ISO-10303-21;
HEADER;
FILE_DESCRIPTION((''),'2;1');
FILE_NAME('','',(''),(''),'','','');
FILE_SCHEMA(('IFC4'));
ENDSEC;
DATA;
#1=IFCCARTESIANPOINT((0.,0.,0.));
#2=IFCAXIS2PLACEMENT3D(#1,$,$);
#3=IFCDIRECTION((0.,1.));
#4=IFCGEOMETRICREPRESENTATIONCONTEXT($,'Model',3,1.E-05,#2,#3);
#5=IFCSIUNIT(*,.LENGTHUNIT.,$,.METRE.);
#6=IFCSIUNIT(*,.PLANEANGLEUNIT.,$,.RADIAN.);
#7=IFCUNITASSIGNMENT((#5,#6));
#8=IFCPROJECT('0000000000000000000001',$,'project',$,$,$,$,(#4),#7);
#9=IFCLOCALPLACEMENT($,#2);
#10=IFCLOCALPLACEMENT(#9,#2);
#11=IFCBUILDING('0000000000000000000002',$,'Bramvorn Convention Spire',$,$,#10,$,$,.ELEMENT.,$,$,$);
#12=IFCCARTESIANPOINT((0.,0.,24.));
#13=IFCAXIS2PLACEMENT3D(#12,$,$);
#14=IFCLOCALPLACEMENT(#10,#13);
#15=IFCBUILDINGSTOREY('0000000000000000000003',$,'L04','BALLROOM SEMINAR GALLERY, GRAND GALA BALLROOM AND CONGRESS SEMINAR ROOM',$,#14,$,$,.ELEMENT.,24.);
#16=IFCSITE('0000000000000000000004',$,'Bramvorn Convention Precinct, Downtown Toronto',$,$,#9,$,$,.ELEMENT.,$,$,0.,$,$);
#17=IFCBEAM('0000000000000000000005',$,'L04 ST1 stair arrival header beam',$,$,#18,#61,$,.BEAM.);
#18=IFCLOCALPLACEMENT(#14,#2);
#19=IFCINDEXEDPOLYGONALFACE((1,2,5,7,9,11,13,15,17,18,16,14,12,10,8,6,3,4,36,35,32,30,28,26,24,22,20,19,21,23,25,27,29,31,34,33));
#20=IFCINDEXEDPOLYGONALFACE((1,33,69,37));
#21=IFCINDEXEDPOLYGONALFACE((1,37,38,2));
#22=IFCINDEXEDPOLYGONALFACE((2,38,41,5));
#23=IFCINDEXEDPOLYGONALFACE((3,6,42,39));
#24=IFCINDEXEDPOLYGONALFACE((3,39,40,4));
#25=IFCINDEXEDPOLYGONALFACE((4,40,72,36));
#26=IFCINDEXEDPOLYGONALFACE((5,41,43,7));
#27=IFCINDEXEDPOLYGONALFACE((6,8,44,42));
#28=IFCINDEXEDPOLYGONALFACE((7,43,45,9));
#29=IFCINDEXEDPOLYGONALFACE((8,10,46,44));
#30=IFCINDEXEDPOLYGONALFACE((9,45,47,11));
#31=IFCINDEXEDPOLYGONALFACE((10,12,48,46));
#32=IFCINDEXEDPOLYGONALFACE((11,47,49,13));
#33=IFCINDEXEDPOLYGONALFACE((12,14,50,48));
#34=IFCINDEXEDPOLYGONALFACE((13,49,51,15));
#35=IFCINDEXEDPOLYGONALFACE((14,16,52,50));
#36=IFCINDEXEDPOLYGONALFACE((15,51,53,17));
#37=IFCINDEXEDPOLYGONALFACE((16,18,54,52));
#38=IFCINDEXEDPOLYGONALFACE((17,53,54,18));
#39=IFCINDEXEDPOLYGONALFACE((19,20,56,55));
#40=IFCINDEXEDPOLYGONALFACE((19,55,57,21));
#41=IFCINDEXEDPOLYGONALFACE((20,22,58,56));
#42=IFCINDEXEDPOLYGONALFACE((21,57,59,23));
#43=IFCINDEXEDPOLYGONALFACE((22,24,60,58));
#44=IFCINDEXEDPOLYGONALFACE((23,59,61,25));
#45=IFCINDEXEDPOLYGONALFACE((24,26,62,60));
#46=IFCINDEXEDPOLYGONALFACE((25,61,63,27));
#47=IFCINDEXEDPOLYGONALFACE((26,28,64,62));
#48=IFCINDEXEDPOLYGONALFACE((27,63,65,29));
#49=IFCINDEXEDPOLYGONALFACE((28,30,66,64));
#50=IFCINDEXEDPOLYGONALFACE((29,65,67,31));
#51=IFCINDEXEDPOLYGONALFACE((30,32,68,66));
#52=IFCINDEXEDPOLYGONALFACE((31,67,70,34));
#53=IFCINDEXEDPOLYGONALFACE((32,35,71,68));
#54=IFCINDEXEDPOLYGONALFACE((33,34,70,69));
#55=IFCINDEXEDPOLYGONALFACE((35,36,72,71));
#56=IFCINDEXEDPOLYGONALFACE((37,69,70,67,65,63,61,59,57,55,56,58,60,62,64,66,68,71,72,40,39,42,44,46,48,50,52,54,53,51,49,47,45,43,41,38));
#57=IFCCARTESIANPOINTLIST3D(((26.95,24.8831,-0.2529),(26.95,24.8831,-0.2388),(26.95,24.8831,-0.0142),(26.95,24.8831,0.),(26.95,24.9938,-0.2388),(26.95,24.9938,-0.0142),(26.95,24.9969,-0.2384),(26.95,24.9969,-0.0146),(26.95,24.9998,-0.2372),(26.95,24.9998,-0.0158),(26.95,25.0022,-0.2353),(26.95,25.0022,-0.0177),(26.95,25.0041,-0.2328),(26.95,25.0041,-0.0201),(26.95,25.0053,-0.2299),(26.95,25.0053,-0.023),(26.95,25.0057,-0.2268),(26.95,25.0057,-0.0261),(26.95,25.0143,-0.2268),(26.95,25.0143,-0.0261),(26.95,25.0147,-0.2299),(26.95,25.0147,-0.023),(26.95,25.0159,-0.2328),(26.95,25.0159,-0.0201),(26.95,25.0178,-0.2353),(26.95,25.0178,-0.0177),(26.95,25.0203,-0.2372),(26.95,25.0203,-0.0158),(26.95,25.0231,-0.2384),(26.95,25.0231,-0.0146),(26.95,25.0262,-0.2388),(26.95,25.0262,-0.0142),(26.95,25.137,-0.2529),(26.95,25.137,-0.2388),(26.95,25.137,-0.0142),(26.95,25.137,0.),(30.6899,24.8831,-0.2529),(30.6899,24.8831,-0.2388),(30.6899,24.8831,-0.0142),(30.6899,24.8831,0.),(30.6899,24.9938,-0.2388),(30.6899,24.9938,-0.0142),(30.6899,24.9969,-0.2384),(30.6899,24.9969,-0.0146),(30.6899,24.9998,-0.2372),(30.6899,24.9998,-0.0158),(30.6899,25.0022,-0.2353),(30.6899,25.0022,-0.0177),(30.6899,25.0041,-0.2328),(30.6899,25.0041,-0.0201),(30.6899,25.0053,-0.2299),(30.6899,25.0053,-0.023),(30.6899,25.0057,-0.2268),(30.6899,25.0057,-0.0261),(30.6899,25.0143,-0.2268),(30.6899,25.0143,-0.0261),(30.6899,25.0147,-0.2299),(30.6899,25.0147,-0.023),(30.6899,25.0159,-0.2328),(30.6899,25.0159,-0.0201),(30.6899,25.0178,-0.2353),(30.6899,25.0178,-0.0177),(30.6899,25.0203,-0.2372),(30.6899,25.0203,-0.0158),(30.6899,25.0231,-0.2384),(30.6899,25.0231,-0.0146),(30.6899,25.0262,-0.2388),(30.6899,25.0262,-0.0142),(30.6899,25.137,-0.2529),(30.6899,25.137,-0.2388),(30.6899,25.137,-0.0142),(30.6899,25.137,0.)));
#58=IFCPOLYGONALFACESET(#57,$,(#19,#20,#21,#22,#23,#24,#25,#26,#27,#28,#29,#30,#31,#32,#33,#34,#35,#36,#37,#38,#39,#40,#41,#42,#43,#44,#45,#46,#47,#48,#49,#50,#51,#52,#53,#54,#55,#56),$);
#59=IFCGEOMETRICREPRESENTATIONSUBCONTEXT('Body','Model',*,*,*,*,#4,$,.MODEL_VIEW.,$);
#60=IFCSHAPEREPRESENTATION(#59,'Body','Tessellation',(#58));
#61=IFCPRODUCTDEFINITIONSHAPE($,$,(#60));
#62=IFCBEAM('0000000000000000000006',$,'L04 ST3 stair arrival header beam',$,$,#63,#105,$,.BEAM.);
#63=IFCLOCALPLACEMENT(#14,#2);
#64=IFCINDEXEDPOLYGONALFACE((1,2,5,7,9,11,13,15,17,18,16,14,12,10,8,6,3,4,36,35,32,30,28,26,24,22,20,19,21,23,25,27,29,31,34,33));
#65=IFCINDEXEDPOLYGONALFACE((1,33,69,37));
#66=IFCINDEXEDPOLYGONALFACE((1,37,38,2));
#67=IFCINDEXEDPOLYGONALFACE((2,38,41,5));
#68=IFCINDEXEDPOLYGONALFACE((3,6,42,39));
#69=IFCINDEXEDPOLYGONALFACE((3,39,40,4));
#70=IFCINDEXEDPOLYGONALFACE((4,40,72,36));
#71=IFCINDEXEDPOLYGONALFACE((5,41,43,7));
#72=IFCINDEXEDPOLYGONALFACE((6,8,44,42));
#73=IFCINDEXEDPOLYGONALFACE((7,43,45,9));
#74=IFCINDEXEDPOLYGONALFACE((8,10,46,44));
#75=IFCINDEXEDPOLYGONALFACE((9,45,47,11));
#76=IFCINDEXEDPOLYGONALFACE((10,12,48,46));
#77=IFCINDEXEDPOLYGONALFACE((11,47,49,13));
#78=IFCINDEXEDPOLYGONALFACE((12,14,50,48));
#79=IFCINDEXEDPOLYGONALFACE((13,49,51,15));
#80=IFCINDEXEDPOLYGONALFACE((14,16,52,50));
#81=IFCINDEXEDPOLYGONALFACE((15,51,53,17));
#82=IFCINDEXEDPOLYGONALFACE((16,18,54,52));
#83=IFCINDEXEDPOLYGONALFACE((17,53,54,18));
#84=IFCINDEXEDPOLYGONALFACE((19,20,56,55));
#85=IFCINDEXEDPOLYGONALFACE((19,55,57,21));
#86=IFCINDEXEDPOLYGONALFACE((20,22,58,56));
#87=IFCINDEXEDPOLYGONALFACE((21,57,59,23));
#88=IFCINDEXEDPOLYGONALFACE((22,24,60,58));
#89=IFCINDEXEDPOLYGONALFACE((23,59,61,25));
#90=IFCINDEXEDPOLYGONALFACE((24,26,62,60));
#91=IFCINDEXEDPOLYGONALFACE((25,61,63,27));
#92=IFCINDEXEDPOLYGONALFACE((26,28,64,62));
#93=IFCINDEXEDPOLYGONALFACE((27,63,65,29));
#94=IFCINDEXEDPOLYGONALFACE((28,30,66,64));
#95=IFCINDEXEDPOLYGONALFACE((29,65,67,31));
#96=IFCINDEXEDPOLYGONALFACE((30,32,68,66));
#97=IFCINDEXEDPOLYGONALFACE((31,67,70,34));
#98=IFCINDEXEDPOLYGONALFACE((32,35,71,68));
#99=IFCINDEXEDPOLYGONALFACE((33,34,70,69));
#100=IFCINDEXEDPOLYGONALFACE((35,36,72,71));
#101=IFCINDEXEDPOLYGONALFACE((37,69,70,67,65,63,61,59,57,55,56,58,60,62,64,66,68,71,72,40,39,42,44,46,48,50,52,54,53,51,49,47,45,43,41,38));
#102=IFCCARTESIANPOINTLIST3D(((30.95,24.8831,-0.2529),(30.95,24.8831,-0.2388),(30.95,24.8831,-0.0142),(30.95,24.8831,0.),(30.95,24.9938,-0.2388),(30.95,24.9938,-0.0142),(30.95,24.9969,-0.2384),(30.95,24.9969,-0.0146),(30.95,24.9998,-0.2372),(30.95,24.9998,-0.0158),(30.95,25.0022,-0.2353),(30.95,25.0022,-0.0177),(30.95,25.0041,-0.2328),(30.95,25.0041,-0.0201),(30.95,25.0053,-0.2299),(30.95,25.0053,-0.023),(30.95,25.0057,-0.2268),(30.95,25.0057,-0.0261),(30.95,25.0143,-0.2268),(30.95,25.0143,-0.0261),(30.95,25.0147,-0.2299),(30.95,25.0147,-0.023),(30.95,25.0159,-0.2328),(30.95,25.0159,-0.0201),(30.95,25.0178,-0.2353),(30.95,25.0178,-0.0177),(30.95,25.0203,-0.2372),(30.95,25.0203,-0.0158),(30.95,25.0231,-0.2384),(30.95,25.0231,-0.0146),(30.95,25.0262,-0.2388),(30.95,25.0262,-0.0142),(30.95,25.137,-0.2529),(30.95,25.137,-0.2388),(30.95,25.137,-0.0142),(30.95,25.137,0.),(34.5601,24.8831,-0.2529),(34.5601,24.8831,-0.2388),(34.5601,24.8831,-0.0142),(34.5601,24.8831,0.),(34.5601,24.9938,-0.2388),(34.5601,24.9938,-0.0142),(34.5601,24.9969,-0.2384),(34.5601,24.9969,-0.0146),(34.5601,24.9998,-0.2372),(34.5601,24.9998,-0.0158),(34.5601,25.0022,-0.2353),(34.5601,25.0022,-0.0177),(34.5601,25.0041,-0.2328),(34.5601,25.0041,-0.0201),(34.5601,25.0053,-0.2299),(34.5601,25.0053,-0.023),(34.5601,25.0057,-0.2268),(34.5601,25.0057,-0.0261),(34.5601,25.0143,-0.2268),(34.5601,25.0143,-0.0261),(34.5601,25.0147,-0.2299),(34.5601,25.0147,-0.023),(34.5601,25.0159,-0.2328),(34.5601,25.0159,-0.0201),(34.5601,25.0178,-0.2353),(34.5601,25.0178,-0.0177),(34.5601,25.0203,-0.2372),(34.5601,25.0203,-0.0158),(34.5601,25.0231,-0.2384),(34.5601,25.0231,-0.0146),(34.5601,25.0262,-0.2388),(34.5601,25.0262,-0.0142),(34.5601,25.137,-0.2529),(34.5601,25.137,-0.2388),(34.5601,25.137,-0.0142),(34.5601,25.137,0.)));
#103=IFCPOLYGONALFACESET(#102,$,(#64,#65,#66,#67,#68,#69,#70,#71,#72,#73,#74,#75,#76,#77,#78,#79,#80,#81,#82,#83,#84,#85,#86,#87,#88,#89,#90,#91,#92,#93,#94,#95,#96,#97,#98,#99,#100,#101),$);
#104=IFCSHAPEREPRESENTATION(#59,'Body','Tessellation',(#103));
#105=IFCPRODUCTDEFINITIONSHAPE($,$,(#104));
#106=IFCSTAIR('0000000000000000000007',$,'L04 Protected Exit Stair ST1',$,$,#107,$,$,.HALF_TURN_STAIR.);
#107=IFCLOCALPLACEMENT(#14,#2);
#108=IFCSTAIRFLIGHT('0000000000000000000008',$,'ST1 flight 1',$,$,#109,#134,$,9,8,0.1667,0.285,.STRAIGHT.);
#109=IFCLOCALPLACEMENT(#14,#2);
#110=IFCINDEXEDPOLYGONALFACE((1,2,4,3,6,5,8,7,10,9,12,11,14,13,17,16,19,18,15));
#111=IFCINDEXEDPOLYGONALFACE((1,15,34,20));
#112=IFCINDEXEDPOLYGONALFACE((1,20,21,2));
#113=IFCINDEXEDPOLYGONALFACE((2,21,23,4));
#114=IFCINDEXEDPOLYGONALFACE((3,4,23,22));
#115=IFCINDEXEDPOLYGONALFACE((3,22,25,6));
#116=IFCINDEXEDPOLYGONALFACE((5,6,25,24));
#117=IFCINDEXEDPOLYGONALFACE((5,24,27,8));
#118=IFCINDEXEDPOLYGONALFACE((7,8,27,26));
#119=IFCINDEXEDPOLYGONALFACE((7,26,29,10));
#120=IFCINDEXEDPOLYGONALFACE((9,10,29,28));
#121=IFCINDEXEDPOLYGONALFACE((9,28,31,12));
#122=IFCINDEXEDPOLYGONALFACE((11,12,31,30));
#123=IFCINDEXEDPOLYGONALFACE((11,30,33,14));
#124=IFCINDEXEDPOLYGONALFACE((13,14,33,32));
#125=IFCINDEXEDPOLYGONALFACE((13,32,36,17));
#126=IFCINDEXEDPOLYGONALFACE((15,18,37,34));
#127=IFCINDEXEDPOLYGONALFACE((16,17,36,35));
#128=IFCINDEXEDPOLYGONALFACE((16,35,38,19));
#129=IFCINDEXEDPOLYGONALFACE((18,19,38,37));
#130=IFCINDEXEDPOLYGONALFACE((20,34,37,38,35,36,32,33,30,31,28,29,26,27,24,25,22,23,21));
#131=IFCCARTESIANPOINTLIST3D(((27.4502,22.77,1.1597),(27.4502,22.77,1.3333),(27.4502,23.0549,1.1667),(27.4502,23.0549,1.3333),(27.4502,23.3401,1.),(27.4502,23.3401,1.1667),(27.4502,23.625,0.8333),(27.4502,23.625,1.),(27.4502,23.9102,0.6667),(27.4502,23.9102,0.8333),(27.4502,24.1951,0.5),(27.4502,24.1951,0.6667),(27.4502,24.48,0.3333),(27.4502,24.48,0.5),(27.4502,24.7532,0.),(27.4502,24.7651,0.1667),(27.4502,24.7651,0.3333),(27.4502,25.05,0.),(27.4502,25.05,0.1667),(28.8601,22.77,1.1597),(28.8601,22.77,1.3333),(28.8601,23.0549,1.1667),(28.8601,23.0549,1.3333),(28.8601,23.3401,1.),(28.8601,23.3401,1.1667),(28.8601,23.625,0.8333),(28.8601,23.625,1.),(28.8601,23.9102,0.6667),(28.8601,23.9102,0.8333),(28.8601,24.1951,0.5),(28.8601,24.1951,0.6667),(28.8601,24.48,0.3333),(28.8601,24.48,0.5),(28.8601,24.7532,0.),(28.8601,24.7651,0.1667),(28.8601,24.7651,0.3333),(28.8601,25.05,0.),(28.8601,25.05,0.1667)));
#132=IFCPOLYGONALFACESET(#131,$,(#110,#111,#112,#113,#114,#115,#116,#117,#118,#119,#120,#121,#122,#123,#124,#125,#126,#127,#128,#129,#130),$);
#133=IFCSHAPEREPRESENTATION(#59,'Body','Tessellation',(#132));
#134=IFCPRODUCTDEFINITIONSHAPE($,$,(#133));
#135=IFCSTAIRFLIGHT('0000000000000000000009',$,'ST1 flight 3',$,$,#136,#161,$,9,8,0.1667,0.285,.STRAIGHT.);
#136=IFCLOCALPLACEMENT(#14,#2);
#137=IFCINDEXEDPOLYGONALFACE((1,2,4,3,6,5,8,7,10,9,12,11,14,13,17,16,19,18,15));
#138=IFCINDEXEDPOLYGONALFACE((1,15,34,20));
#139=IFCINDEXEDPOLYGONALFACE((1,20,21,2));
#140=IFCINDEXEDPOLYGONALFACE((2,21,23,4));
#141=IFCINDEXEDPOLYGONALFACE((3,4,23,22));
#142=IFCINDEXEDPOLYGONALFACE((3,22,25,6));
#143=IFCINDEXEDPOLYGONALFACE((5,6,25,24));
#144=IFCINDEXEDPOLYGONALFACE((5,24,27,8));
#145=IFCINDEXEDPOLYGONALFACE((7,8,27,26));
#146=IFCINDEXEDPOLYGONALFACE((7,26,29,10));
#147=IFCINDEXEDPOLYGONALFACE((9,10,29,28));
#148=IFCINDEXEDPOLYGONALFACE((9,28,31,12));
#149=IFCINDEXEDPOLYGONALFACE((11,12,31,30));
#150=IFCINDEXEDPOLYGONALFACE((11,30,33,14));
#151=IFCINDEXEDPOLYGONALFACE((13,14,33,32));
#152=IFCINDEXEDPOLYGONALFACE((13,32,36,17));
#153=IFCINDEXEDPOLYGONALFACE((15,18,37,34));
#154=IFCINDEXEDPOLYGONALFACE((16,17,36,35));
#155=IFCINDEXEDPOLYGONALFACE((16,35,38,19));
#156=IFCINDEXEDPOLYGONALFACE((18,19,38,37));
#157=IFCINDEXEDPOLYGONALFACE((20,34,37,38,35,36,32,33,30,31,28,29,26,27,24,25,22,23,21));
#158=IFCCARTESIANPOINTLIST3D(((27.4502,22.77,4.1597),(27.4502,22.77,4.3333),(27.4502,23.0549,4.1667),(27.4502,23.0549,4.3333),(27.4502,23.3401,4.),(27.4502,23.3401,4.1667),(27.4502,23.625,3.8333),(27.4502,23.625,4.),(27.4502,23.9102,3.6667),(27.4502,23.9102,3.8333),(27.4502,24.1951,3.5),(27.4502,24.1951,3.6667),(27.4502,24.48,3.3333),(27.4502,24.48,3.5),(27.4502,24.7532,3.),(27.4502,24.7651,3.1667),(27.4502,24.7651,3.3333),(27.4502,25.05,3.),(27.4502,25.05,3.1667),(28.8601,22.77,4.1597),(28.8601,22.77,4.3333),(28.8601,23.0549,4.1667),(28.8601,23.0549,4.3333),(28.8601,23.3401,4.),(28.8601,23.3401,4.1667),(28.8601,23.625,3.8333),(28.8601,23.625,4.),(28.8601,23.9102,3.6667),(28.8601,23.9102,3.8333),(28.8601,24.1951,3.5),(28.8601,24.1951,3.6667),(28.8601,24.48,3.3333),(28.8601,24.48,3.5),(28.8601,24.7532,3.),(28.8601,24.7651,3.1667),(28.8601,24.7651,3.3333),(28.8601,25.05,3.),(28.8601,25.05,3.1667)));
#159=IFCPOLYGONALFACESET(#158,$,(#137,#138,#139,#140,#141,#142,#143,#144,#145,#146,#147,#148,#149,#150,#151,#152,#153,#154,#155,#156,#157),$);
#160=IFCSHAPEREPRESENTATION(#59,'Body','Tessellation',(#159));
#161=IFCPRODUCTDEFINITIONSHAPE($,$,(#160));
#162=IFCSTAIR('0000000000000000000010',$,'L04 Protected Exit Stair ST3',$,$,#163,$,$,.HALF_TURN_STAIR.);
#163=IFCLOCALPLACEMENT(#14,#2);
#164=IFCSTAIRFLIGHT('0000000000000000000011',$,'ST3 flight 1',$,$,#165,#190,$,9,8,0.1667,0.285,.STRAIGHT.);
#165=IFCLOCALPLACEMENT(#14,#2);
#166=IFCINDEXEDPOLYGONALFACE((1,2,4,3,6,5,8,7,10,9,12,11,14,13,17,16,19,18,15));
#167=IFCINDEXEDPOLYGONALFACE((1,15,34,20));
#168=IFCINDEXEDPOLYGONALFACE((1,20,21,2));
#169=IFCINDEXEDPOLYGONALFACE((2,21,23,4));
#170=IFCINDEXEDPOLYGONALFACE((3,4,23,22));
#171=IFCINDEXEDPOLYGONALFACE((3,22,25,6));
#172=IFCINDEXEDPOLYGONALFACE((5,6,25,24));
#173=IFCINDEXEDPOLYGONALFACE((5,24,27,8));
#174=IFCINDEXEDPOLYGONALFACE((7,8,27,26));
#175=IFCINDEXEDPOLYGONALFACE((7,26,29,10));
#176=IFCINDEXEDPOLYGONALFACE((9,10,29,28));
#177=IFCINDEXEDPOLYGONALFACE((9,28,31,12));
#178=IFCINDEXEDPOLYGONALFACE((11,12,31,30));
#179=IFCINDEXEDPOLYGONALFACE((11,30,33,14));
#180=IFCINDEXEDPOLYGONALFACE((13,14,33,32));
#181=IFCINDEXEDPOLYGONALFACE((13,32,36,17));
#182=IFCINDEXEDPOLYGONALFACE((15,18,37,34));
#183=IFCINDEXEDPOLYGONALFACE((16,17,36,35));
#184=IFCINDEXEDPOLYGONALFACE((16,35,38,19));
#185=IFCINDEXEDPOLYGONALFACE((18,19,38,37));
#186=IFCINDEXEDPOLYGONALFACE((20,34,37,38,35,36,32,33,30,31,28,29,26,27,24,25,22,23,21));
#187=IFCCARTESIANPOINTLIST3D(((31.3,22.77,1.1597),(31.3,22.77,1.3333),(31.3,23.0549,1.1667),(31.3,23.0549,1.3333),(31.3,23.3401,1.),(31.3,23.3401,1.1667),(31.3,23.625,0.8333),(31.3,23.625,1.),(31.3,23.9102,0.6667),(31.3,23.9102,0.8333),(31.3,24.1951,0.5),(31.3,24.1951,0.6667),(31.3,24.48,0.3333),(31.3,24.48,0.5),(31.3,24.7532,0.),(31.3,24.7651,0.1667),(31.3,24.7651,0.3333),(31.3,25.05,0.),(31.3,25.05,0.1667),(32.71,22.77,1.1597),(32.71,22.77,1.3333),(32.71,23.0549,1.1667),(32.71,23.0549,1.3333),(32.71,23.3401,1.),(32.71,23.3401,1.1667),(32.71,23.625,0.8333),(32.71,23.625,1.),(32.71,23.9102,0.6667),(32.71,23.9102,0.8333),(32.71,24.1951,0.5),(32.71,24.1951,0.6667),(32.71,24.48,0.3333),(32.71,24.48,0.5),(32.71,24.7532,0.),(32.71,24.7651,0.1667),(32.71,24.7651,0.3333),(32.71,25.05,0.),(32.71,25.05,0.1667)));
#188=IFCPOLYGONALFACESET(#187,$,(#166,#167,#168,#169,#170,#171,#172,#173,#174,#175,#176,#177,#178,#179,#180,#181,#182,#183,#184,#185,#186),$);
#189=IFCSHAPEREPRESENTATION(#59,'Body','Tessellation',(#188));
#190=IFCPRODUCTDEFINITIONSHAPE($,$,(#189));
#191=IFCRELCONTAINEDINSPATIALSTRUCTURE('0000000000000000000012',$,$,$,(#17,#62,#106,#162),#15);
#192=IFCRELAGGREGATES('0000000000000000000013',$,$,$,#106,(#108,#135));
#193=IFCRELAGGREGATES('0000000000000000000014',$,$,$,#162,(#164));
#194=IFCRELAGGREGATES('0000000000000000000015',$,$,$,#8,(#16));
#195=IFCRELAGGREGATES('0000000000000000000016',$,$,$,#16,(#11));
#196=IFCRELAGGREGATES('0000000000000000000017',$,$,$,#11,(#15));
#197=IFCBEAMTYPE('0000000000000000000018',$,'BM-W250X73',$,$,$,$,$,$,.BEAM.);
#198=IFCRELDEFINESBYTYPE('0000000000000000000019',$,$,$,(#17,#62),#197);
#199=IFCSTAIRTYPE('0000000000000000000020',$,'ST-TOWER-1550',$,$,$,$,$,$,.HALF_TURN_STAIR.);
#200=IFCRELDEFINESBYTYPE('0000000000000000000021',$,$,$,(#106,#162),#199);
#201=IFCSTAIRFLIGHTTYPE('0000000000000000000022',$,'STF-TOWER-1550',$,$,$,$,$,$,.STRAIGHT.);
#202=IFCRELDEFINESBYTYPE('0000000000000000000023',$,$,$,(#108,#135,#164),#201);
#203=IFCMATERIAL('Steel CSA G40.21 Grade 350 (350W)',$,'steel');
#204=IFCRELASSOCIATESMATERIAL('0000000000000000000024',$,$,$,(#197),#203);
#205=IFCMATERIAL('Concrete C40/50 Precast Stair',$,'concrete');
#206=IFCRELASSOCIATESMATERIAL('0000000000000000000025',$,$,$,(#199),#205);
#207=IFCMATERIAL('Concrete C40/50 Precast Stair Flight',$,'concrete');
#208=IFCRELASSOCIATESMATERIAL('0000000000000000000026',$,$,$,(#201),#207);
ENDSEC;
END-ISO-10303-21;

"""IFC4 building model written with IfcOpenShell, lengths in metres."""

from ifc_helpers import new_model, si_unit, direction, frame, origin, origin_2d, place, context, subcontext, project, spatial, polyline, i_section, outline, extrude, material, material_profile, profile_set, type_object, element, aggregate, save


model = new_model("IFC4")

# Units and contexts
model_context = context("Model", 3, precision=1e-05, world=origin(), true_north=direction((0.0, 1.0)))
body_context = subcontext(model_context, "Body", "Model", "MODEL_VIEW")
ifc_project = project(units=[si_unit("LENGTHUNIT", "METRE"), si_unit("PLANEANGLEUNIT", "RADIAN")], contexts=[model_context])

# Site, building, storey
site_placement = place(None, origin())
site = spatial("IfcSite", under=ifc_project, at=site_placement, Name="Bramvorn Convention Precinct, Downtown Toronto", CompositionType="ELEMENT", RefElevation=0.0)
building_placement = place(site_placement, origin())
building = spatial("IfcBuilding", under=site, at=building_placement, Name="Bramvorn Convention Spire", CompositionType="ELEMENT")
storey_placement = place(building_placement, frame((0.0, 0.0, 24.0)))
storey = spatial("IfcBuildingStorey", under=building, at=storey_placement, Name="L04", Description="BALLROOM SEMINAR GALLERY, GRAND GALA BALLROOM AND CONGRESS SEMINAR ROOM", CompositionType="ELEMENT", Elevation=24.0)

# Beams
ifc_material_1 = material(Name="Steel CSA G40.21 Grade 350 (350W)", Category="steel")
ifc_material_profile = material_profile(ifc_material_1, i_section(OverallWidth=0.2539, OverallDepth=0.2529, WebThickness=0.0085, FlangeThickness=0.0142, FilletRadius=0.012, at=origin_2d()))
ifc_profile_set = profile_set([ifc_material_profile], Name="Steel CSA G40.21 Grade 350 (350W) - W250X73")
beam_type = type_object("IfcBeamType", Name="BM-W250X73", PredefinedType="BEAM", material=ifc_profile_set)
beam_1_placement = place(storey_placement, frame((26.95, 25.01, -0.1265), z_axis=(1.0, 0.0, 0.0), x_axis=(0.0, 1.0, 0.0)))
element("IfcBeam", 1, at=beam_1_placement, inside=storey, type_object=beam_type, Name="L04 ST1 stair arrival header beam", PredefinedType="BEAM", context=body_context, shape_type="SweptSolid", body=[
    extrude(i_section(OverallWidth=0.2539, OverallDepth=0.2529, WebThickness=0.0085, FlangeThickness=0.0142, FilletRadius=0.012, at=origin_2d()), origin(), (0.0, 0.0, 1.0), 3.74),
])
beam_2_placement = place(storey_placement, frame((30.95, 25.01, -0.1265), z_axis=(1.0, 0.0, 0.0), x_axis=(0.0, 1.0, 0.0)))
element("IfcBeam", 2, at=beam_2_placement, inside=storey, type_object=beam_type, Name="L04 ST3 stair arrival header beam", PredefinedType="BEAM", context=body_context, shape_type="SweptSolid", body=[
    extrude(i_section(OverallWidth=0.2539, OverallDepth=0.2529, WebThickness=0.0085, FlangeThickness=0.0142, FilletRadius=0.012, at=origin_2d()), origin(), (0.0, 0.0, 1.0), 3.6101),
])

# Stairs, stair flights
ifc_material_2 = material(Name="Concrete C40/50 Precast Stair", Category="concrete")
stair_type = type_object("IfcStairType", Name="ST-TOWER-1550", PredefinedType="HALF_TURN_STAIR", material=ifc_material_2)
stair_1_placement = place(storey_placement, origin())
stair_1 = element("IfcStair", 3, at=stair_1_placement, inside=storey, type_object=stair_type, Name="L04 Protected Exit Stair ST1", PredefinedType="HALF_TURN_STAIR")
ifc_material_3 = material(Name="Concrete C40/50 Precast Stair Flight", Category="concrete")
stair_flight_type = type_object("IfcStairFlightType", Name="STF-TOWER-1550", PredefinedType="STRAIGHT", material=ifc_material_3)
stair_flight_1_placement = place(storey_placement, frame((28.155, 25.05, 0.0), z_axis=(0.0, 0.0, 1.0), x_axis=(0.0, -1.0, 0.0)))
stair_flight_1 = element("IfcStairFlight", 4, at=stair_flight_1_placement, type_object=stair_flight_type, Name="ST1 flight 1", NumberOfRisers=9, NumberOfTreads=8, PredefinedType="STRAIGHT", RiserHeight=0.1667, TreadLength=0.285, context=body_context, shape_type="SweptSolid", body=[
    extrude(outline(polyline([(0.0, 0.0), (0.0, 0.1667), (0.2849, 0.1667), (0.2849, 0.3333), (0.5701, 0.3333), (0.5701, 0.5), (0.855, 0.5), (0.855, 0.6667), (1.1399, 0.6667), (1.1399, 0.8333), (1.425, 0.8333), (1.425, 1.0), (1.71, 1.0), (1.71, 1.1667), (1.9951, 1.1667), (1.9951, 1.3333), (2.28, 1.3333), (2.28, 1.5), (2.28, 1.1597), (0.2969, 0.0), (0.0, 0.0)])), frame((0.0, 0.7051, 0.0), z_axis=(0.0, -1.0, 0.0), x_axis=(1.0, 0.0, 0.0)), (0.0, 0.0, 1.0), 1.4099),
])
stair_flight_2_placement = place(storey_placement, frame((28.155, 25.05, 3.0), z_axis=(0.0, 0.0, 1.0), x_axis=(0.0, -1.0, 0.0)))
stair_flight_2 = element("IfcStairFlight", 5, at=stair_flight_2_placement, type_object=stair_flight_type, Name="ST1 flight 3", NumberOfRisers=9, NumberOfTreads=8, PredefinedType="STRAIGHT", RiserHeight=0.1667, TreadLength=0.285, context=body_context, shape_type="SweptSolid", body=[
    extrude(outline(polyline([(0.0, 0.0), (0.0, 0.1667), (0.2849, 0.1667), (0.2849, 0.3333), (0.5701, 0.3333), (0.5701, 0.5), (0.855, 0.5), (0.855, 0.6667), (1.1399, 0.6667), (1.1399, 0.8333), (1.425, 0.8333), (1.425, 1.0), (1.71, 1.0), (1.71, 1.1667), (1.9951, 1.1667), (1.9951, 1.3333), (2.28, 1.3333), (2.28, 1.5), (2.28, 1.1597), (0.2969, 0.0), (0.0, 0.0)])), frame((0.0, 0.7051, 0.0), z_axis=(0.0, -1.0, 0.0), x_axis=(1.0, 0.0, 0.0)), (0.0, 0.0, 1.0), 1.4099),
])
aggregate(stair_1, [stair_flight_1, stair_flight_2])
stair_2_placement = place(storey_placement, origin())
stair_2 = element("IfcStair", 6, at=stair_2_placement, inside=storey, type_object=stair_type, Name="L04 Protected Exit Stair ST3", PredefinedType="HALF_TURN_STAIR")
stair_flight_3_placement = place(storey_placement, frame((32.0049, 25.05, 0.0), z_axis=(0.0, 0.0, 1.0), x_axis=(0.0, -1.0, 0.0)))
stair_flight_3 = element("IfcStairFlight", 7, at=stair_flight_3_placement, type_object=stair_flight_type, Name="ST3 flight 1", NumberOfRisers=9, NumberOfTreads=8, PredefinedType="STRAIGHT", RiserHeight=0.1667, TreadLength=0.285, context=body_context, shape_type="SweptSolid", body=[
    extrude(outline(polyline([(0.0, 0.0), (0.0, 0.1667), (0.2849, 0.1667), (0.2849, 0.3333), (0.5701, 0.3333), (0.5701, 0.5), (0.855, 0.5), (0.855, 0.6667), (1.1399, 0.6667), (1.1399, 0.8333), (1.425, 0.8333), (1.425, 1.0), (1.71, 1.0), (1.71, 1.1667), (1.9951, 1.1667), (1.9951, 1.3333), (2.28, 1.3333), (2.28, 1.5), (2.28, 1.1597), (0.2969, 0.0), (0.0, 0.0)])), frame((0.0, 0.7051, 0.0), z_axis=(0.0, -1.0, 0.0), x_axis=(1.0, 0.0, 0.0)), (0.0, 0.0, 1.0), 1.4099),
])
aggregate(stair_2, [stair_flight_3])

save(model, "model.ifc")
